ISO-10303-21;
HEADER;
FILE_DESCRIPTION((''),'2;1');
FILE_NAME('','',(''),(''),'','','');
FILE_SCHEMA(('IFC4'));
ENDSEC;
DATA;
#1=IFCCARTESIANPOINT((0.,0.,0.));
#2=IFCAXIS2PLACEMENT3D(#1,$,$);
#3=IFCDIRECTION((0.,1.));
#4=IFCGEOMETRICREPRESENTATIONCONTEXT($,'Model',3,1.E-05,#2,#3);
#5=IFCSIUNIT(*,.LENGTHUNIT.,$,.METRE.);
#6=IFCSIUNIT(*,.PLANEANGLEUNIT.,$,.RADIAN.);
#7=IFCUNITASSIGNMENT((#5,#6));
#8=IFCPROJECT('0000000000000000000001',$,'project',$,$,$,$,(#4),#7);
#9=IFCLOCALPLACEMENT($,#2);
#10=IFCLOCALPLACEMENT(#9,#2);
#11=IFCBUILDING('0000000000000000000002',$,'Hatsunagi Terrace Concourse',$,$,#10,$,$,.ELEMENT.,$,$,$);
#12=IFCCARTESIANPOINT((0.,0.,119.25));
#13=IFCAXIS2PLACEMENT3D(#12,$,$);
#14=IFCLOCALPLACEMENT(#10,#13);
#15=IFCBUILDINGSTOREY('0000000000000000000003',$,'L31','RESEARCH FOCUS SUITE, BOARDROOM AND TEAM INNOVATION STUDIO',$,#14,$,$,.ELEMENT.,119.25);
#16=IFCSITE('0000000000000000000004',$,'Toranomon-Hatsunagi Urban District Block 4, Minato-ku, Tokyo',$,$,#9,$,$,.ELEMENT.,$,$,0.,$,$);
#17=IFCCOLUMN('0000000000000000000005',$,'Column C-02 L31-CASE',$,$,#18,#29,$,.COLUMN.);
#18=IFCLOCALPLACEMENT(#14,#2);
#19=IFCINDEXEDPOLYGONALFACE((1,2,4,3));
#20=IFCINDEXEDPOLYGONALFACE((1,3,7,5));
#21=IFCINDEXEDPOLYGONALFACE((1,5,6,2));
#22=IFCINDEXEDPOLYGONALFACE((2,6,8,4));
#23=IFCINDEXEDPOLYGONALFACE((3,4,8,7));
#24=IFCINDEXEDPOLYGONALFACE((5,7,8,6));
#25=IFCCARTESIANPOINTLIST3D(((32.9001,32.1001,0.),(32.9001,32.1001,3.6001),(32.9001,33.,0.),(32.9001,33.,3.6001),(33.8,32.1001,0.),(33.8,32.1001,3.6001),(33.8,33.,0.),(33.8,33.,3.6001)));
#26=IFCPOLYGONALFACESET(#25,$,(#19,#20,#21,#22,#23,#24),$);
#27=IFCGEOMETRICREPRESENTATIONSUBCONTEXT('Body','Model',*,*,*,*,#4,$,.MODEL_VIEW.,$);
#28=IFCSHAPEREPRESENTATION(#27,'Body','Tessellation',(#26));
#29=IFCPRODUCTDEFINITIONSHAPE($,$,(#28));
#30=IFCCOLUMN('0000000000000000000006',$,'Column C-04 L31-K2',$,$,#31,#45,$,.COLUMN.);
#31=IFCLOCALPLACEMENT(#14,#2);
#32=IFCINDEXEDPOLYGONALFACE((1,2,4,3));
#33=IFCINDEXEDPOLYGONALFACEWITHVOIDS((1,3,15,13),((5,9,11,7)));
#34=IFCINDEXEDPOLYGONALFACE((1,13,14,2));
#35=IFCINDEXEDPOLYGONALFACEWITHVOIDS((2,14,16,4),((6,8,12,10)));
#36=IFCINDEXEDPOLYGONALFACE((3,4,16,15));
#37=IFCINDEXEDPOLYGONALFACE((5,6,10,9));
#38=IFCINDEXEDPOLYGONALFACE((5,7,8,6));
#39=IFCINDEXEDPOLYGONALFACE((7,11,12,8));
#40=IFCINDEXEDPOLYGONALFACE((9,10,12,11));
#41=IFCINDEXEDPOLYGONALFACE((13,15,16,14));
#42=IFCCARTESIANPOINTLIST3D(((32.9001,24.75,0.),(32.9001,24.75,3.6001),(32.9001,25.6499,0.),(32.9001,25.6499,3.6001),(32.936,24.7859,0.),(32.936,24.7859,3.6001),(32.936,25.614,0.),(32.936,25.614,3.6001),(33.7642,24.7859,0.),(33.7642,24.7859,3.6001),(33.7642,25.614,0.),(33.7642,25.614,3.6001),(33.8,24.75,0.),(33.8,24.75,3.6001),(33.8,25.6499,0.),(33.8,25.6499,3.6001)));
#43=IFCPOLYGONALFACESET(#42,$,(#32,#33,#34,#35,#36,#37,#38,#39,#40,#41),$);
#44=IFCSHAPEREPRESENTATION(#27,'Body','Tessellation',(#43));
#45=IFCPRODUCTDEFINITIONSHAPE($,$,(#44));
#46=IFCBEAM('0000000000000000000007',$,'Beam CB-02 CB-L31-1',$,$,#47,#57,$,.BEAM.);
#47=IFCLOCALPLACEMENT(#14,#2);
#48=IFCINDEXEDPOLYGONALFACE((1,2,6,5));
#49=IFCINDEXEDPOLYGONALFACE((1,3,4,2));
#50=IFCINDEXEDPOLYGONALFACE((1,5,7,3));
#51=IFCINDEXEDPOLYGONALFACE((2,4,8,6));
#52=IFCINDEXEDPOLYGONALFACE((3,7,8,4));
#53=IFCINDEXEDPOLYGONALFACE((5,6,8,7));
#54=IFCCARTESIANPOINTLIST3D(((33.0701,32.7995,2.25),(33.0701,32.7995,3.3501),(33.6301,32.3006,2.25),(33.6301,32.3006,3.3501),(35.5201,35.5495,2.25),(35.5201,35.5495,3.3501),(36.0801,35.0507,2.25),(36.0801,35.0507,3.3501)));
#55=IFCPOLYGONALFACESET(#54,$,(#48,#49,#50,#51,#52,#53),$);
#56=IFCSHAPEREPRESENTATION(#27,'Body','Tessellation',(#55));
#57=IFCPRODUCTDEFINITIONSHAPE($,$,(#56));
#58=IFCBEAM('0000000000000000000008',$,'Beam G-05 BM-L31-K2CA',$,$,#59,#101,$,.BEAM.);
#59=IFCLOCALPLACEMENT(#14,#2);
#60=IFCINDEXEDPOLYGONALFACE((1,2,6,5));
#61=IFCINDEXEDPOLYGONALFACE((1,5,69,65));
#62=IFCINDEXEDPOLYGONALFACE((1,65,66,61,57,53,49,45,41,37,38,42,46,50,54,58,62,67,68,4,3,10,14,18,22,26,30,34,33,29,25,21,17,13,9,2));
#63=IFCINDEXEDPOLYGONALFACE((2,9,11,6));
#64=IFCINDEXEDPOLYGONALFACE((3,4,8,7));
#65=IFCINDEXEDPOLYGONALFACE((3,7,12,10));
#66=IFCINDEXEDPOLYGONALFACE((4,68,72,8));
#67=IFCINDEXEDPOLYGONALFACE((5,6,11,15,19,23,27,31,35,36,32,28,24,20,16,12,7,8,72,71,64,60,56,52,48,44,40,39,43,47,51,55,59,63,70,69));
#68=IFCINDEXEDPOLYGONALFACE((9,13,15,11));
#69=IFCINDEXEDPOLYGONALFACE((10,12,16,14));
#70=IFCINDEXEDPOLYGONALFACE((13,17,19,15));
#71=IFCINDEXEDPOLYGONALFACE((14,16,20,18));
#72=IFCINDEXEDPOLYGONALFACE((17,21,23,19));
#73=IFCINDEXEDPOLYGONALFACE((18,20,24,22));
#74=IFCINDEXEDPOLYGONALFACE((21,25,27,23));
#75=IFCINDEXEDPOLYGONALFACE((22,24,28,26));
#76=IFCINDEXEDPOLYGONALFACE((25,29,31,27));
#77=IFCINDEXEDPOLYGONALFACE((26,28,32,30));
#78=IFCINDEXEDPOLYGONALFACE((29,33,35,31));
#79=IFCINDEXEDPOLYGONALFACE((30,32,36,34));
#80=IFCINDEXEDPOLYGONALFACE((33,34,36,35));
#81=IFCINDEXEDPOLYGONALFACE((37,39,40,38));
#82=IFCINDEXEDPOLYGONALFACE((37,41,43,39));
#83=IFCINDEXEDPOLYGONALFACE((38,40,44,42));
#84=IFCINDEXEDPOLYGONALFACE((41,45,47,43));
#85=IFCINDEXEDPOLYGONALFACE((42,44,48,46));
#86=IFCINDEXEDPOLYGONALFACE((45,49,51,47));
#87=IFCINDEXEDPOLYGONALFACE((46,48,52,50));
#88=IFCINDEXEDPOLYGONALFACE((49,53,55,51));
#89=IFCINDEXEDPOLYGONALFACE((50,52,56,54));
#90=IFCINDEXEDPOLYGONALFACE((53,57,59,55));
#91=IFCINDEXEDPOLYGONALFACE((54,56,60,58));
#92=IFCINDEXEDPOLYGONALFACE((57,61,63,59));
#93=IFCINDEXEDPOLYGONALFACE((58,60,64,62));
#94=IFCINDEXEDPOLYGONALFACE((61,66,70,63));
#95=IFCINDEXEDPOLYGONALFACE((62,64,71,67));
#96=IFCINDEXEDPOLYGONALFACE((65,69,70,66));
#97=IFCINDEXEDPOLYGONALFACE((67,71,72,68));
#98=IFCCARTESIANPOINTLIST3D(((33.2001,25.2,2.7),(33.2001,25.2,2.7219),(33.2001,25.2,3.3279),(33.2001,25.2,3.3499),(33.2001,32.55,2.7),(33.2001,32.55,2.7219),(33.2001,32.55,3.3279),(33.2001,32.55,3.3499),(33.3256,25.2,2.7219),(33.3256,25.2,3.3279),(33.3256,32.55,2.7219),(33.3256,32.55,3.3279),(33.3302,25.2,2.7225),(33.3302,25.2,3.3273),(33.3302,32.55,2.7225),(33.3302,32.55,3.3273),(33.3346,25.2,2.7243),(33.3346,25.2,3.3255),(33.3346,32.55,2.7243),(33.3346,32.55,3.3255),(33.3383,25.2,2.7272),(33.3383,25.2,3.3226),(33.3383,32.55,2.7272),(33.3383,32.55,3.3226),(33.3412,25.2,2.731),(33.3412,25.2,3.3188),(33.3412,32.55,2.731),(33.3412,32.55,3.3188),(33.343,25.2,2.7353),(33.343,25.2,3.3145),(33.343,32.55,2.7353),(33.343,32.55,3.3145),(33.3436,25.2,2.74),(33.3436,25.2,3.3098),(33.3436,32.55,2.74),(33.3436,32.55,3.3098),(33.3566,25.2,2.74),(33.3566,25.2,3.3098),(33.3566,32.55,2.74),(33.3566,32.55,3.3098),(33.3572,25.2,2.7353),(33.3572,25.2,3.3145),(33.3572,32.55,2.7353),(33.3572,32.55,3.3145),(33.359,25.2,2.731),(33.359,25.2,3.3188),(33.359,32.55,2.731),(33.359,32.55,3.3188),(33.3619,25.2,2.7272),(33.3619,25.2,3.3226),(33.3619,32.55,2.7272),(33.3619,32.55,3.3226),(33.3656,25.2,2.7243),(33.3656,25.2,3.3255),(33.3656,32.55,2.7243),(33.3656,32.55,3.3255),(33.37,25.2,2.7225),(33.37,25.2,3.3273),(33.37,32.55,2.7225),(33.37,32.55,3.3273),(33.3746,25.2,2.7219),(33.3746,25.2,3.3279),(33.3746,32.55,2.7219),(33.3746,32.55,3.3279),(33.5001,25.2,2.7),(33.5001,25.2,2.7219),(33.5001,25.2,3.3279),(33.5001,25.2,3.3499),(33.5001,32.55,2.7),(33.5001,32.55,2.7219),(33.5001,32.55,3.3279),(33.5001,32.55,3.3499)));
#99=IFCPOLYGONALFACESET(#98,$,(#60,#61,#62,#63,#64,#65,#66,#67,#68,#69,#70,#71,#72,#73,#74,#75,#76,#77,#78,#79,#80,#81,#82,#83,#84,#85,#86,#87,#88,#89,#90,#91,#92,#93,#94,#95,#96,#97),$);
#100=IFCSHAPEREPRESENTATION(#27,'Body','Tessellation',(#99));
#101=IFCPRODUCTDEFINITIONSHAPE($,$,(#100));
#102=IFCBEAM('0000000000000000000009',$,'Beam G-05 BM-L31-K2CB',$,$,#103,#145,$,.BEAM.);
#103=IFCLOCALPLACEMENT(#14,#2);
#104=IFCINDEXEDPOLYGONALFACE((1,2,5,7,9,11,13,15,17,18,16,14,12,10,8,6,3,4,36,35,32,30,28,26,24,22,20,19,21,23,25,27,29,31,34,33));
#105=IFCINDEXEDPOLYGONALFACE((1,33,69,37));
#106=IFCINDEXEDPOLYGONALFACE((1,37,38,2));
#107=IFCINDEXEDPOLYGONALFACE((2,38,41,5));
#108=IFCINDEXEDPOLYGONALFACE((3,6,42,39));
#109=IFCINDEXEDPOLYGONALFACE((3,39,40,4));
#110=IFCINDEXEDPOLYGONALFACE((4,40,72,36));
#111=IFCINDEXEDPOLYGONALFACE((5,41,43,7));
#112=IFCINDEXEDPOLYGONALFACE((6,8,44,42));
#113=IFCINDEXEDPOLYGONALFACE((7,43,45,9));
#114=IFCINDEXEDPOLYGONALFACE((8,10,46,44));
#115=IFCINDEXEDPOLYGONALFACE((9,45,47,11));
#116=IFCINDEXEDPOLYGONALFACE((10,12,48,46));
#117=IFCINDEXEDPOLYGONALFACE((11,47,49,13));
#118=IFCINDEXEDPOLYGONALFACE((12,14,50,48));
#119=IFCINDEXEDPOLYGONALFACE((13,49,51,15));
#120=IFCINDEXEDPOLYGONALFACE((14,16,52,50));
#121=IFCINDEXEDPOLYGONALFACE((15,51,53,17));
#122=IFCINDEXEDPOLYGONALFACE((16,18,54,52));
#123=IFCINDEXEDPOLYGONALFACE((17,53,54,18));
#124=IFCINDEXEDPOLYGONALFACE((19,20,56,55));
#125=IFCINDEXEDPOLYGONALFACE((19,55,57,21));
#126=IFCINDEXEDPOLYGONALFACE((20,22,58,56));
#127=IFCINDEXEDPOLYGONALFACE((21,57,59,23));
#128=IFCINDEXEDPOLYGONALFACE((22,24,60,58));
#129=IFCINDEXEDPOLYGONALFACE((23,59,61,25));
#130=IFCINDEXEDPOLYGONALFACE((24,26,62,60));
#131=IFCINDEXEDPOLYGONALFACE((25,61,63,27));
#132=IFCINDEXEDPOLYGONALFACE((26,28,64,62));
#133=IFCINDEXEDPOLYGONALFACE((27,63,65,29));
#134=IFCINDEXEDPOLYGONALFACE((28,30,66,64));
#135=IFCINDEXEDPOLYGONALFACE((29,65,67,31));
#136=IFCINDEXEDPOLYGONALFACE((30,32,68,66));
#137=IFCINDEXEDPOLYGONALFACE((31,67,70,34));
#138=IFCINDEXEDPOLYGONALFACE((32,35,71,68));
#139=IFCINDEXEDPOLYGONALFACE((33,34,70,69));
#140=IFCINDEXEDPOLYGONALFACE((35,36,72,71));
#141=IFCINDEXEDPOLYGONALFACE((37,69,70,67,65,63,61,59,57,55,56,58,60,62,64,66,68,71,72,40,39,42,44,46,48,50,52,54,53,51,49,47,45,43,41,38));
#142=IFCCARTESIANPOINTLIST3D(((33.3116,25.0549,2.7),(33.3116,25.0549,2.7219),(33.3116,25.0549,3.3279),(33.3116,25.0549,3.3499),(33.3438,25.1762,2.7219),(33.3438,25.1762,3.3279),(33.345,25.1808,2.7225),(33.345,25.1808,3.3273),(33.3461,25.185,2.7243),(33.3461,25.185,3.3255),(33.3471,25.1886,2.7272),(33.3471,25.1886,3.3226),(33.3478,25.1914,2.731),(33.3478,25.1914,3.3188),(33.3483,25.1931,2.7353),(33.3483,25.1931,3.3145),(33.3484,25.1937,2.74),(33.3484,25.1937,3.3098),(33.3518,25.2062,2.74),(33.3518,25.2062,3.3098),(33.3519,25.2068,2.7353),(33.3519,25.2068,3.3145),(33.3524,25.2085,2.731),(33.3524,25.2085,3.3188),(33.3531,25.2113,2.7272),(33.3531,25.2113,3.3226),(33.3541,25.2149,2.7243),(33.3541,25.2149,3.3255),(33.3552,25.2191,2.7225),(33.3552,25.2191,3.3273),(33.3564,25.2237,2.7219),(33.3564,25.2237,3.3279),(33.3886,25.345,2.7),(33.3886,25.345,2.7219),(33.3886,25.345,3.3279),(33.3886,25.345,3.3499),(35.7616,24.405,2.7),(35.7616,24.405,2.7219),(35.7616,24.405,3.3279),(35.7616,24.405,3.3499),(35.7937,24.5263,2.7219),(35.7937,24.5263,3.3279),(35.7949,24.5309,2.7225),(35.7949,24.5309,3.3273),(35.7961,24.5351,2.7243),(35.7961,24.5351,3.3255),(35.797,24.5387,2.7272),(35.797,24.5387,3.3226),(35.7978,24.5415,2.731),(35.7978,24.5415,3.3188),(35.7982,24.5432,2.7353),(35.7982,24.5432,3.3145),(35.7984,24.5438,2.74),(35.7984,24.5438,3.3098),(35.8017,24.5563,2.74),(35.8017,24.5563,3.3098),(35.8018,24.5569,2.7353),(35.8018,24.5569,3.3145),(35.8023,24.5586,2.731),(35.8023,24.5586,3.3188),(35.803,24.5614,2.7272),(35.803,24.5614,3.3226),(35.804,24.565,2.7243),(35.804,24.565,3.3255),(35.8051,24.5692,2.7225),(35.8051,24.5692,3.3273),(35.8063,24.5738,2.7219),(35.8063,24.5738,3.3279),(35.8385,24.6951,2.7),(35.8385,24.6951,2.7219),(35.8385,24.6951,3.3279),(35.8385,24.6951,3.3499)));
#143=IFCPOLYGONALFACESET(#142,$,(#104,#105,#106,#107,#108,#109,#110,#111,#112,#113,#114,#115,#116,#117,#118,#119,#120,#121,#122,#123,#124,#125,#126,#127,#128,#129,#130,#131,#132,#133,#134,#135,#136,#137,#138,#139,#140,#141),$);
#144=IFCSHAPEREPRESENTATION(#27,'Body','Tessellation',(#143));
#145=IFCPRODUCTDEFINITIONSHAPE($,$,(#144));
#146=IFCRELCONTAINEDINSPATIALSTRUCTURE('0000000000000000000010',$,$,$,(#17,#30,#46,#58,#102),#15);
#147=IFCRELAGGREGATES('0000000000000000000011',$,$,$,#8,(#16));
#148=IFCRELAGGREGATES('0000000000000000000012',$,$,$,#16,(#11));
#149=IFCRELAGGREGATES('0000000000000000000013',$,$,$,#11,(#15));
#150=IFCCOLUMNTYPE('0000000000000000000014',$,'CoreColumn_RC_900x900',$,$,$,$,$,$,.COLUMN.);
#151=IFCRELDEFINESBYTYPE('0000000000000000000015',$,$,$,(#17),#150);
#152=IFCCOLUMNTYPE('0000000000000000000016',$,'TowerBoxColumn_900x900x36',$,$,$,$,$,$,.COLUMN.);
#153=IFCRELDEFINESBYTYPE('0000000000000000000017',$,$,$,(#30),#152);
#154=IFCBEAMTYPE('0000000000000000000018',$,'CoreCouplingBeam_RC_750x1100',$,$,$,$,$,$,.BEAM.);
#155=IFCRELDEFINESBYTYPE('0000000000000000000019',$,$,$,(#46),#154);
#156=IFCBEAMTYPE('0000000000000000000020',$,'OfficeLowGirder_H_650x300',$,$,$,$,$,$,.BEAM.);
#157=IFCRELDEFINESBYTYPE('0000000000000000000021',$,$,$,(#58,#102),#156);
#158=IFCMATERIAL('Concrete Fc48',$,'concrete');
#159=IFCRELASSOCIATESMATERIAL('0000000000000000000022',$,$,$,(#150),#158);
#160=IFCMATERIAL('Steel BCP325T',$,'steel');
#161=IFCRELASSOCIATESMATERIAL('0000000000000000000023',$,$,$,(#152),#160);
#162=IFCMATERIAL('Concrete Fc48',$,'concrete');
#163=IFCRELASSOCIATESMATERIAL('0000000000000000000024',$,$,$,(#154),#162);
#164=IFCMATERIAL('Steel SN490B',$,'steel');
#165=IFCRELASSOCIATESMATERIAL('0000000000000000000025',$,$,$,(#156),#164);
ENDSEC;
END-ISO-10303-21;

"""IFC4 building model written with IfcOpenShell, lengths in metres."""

from ifc_helpers import new_model, si_unit, direction, frame, origin, origin_2d, place, context, subcontext, project, spatial, rectangle, hollow_rectangle, i_section, extrude, material, material_profile, profile_set, type_object, element, save


model = new_model("IFC4")

# Units and contexts
model_context = context("Model", 3, precision=1e-05, world=origin(), true_north=direction((0.0, 1.0)))
body_context = subcontext(model_context, "Body", "Model", "MODEL_VIEW")
ifc_project = project(units=[si_unit("LENGTHUNIT", "METRE"), si_unit("PLANEANGLEUNIT", "RADIAN")], contexts=[model_context])

# Site, building, storey
site_placement = place(None, origin())
site = spatial("IfcSite", under=ifc_project, at=site_placement, Name="Toranomon-Hatsunagi Urban District Block 4, Minato-ku, Tokyo", CompositionType="ELEMENT", RefElevation=0.0)
building_placement = place(site_placement, origin())
building = spatial("IfcBuilding", under=site, at=building_placement, Name="Hatsunagi Terrace Concourse", CompositionType="ELEMENT")
storey_placement = place(building_placement, frame((0.0, 0.0, 119.25)))
storey = spatial("IfcBuildingStorey", under=building, at=storey_placement, Name="L31", Description="RESEARCH FOCUS SUITE, BOARDROOM AND TEAM INNOVATION STUDIO", CompositionType="ELEMENT", Elevation=119.25)

# Columns
ifc_material_1 = material(Name="Concrete Fc48", Category="concrete")
ifc_material_profile_1 = material_profile(ifc_material_1, rectangle(XDim=0.8999, YDim=0.8999, at=origin_2d()), Name="RC-900x900")
ifc_profile_set_1 = profile_set([ifc_material_profile_1], Name="Concrete Fc48")
column_type_1 = type_object("IfcColumnType", Name="CoreColumn_RC_900x900", PredefinedType="COLUMN", material=ifc_profile_set_1)
column_1_placement = place(storey_placement, frame((33.3501, 32.55, 0.0), z_axis=(0.0, 0.0, 1.0), x_axis=(1.0, 0.0, 0.0)))
element("IfcColumn", 1, at=column_1_placement, inside=storey, type_object=column_type_1, Name="Column C-02 L31-CASE", PredefinedType="COLUMN", context=body_context, shape_type="SweptSolid", body=[
    extrude(rectangle(XDim=0.8999, YDim=0.8999, at=origin_2d()), origin(), (0.0, 0.0, 1.0), 3.6001),
])
ifc_material_2 = material(Name="Steel BCP325T", Category="steel")
ifc_material_profile_2 = material_profile(ifc_material_2, hollow_rectangle(XDim=0.8999, YDim=0.8999, WallThickness=0.0359, at=origin_2d()), Name="BCP-900x900x36")
ifc_profile_set_2 = profile_set([ifc_material_profile_2], Name="Steel BCP325T")
column_type_2 = type_object("IfcColumnType", Name="TowerBoxColumn_900x900x36", PredefinedType="COLUMN", material=ifc_profile_set_2)
column_2_placement = place(storey_placement, frame((33.3501, 25.2, 0.0), z_axis=(0.0, 0.0, 1.0), x_axis=(1.0, 0.0, 0.0)))
element("IfcColumn", 2, at=column_2_placement, inside=storey, type_object=column_type_2, Name="Column C-04 L31-K2", PredefinedType="COLUMN", context=body_context, shape_type="SweptSolid", body=[
    extrude(hollow_rectangle(XDim=0.8999, YDim=0.8999, WallThickness=0.0359, at=origin_2d()), origin(), (0.0, 0.0, 1.0), 3.6001),
])

# Beams
ifc_material_3 = material(Name="Concrete Fc48", Category="concrete")
ifc_material_profile_3 = material_profile(ifc_material_3, rectangle(XDim=0.75, YDim=1.1001, at=origin_2d()), Name="RC-750x1100")
ifc_profile_set_3 = profile_set([ifc_material_profile_3], Name="Concrete Fc48")
beam_type_1 = type_object("IfcBeamType", Name="CoreCouplingBeam_RC_750x1100", PredefinedType="BEAM", material=ifc_profile_set_3)
beam_1_placement = place(storey_placement, frame((33.3501, 32.55, 2.8), z_axis=(0.665199, 0.746666, 0.0), x_axis=(-0.746666, 0.665199, 0.0)))
element("IfcBeam", 3, at=beam_1_placement, inside=storey, type_object=beam_type_1, Name="Beam CB-02 CB-L31-1", PredefinedType="BEAM", context=body_context, shape_type="SweptSolid", body=[
    extrude(rectangle(XDim=0.75, YDim=1.1001, at=origin_2d()), origin(), (0.0, 0.0, 1.0), 3.6831),
])
ifc_material_4 = material(Name="Steel SN490B", Category="steel")
ifc_material_profile_4 = material_profile(ifc_material_4, i_section(OverallWidth=0.3, OverallDepth=0.6499, WebThickness=0.0129, FlangeThickness=0.022, FilletRadius=0.0181, at=origin_2d()), Name="H-650x300x13x22")
ifc_profile_set_4 = profile_set([ifc_material_profile_4], Name="Steel SN490B")
beam_type_2 = type_object("IfcBeamType", Name="OfficeLowGirder_H_650x300", PredefinedType="BEAM", material=ifc_profile_set_4)
beam_2_placement = place(storey_placement, frame((33.3501, 25.2, 3.0249), z_axis=(0.0, 1.0, 0.0), x_axis=(-1.0, 0.0, 0.0)))
element("IfcBeam", 4, at=beam_2_placement, inside=storey, type_object=beam_type_2, Name="Beam G-05 BM-L31-K2CA", PredefinedType="BEAM", context=body_context, shape_type="SweptSolid", body=[
    extrude(i_section(OverallWidth=0.3, OverallDepth=0.6499, WebThickness=0.0129, FlangeThickness=0.022, FilletRadius=0.0181, at=origin_2d()), origin(), (0.0, 0.0, 1.0), 7.3501),
])
beam_3_placement = place(storey_placement, frame((33.3501, 25.2, 3.0249), z_axis=(0.96657, -0.256403, 0.0), x_axis=(0.256403, 0.96657, 0.0)))
element("IfcBeam", 5, at=beam_3_placement, inside=storey, type_object=beam_type_2, Name="Beam G-05 BM-L31-K2CB", PredefinedType="BEAM", context=body_context, shape_type="SweptSolid", body=[
    extrude(i_section(OverallWidth=0.3, OverallDepth=0.6499, WebThickness=0.0129, FlangeThickness=0.022, FilletRadius=0.0181, at=origin_2d()), origin(), (0.0, 0.0, 1.0), 2.5347),
])

save(model, "model.ifc")
